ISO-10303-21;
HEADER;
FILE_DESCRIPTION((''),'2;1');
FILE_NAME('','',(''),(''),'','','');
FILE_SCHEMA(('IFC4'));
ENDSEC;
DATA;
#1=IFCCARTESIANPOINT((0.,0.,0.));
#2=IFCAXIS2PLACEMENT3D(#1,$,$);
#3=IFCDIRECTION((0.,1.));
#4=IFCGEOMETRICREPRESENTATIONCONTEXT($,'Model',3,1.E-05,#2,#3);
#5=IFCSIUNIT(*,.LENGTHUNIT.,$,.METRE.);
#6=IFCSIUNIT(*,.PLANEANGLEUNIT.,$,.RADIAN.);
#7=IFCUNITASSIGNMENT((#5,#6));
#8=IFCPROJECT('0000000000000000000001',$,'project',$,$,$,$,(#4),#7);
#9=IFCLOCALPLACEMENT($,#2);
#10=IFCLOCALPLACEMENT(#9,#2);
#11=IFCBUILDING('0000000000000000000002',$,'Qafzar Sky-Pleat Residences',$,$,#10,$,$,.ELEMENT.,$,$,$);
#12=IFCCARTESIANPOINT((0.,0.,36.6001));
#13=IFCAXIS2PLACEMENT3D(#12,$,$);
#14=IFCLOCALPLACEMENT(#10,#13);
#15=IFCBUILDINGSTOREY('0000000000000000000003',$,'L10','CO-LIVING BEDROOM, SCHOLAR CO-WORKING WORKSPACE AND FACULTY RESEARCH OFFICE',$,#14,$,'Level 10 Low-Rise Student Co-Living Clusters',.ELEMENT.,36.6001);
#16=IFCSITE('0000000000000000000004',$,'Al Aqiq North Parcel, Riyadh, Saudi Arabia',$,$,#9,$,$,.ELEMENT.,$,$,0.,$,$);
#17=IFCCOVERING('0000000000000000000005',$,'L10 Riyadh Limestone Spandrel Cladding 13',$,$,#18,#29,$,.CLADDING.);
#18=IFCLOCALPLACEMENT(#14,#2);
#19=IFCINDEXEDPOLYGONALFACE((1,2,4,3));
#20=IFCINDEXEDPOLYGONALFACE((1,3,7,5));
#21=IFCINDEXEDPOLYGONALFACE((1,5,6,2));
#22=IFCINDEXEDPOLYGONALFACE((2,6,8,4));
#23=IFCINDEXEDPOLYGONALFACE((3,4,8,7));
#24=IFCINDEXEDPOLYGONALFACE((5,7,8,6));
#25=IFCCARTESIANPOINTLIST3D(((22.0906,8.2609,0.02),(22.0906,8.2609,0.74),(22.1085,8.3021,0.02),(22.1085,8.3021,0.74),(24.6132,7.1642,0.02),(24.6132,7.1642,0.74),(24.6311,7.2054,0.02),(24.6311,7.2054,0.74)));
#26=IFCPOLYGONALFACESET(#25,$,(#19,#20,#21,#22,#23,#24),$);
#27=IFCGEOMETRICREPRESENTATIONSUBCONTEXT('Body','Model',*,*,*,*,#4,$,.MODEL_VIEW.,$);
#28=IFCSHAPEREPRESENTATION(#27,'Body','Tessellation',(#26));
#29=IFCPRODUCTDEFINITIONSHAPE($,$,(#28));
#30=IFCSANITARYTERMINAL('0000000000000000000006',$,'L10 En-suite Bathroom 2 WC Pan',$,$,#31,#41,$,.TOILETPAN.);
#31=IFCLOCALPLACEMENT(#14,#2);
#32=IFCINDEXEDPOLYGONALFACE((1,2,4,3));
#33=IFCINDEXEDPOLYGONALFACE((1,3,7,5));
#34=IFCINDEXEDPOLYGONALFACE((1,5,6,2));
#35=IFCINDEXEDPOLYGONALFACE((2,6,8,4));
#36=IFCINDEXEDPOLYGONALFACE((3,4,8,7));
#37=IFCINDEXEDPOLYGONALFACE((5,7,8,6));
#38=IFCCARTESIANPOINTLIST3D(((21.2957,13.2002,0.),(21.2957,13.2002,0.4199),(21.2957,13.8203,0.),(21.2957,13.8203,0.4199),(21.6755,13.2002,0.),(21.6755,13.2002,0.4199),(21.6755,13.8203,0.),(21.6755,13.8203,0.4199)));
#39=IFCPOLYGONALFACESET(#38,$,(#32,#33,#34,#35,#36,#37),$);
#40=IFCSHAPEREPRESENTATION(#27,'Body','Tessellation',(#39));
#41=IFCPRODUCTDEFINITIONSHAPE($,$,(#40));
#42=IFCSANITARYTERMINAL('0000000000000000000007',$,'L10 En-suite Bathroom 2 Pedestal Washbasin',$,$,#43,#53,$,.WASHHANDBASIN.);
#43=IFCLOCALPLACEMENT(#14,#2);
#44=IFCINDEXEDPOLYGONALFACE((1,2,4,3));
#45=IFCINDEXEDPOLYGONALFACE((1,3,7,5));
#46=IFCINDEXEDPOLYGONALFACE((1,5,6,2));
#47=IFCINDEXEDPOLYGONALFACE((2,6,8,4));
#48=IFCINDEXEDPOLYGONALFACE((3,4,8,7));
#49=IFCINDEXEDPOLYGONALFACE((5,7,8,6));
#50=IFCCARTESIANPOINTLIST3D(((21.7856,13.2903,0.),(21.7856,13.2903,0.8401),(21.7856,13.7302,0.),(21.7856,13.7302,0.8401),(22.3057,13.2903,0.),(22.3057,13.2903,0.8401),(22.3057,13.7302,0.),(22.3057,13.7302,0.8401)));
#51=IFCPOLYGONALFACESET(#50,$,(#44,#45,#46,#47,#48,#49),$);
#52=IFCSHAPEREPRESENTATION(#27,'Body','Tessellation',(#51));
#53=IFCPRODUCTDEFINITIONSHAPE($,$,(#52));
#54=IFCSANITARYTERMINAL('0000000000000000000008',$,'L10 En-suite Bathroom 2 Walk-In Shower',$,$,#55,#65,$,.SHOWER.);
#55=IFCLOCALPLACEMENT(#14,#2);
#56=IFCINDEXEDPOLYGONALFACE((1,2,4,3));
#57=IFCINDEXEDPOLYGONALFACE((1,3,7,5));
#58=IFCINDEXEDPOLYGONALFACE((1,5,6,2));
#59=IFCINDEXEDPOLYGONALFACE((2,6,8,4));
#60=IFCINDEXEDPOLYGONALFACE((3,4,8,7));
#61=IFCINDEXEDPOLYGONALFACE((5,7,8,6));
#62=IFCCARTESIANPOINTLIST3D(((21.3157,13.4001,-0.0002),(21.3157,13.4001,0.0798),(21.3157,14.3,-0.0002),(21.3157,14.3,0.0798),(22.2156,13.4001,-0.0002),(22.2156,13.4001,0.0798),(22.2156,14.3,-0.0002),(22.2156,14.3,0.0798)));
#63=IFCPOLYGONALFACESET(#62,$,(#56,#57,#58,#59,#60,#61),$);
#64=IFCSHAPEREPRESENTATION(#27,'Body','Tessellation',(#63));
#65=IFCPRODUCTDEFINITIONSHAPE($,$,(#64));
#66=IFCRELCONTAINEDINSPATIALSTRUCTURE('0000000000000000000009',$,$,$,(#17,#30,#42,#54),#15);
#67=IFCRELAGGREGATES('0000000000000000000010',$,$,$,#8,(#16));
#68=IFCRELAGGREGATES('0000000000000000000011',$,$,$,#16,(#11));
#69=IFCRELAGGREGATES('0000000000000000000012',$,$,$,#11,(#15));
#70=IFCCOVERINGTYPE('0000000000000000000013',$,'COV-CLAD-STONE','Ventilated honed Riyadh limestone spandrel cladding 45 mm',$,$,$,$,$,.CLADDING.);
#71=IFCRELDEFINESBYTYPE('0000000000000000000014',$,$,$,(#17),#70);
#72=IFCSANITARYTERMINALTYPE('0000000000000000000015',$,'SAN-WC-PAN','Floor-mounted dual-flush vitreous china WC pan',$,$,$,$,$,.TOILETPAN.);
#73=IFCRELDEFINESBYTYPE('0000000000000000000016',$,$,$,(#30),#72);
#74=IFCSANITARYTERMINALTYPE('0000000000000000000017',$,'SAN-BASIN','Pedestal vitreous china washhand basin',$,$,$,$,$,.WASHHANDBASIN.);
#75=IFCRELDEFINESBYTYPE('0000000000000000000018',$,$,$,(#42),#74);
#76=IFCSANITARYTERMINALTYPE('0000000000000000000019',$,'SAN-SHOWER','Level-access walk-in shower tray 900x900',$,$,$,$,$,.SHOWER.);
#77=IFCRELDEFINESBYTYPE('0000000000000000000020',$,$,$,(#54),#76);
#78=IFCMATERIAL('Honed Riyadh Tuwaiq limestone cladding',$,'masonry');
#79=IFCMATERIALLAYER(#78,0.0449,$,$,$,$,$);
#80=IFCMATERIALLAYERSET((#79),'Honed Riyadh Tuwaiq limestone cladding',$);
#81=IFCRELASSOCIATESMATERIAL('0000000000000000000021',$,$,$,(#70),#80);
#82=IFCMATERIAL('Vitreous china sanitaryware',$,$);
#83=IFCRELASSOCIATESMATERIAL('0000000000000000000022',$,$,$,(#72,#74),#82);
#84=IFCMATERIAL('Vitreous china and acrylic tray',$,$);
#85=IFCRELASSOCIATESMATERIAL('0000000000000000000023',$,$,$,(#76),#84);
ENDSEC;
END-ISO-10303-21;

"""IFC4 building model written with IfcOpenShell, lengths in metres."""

from ifc_helpers import new_model, si_unit, direction, frame, origin, origin_2d, place, context, subcontext, project, spatial, rectangle, extrude, source, transform, mapped, material, layer, layer_set, type_object, element, save


model = new_model("IFC4")

# Units and contexts
model_context = context("Model", 3, precision=1e-05, world=origin(), true_north=direction((0.0, 1.0)))
body_context = subcontext(model_context, "Body", "Model", "MODEL_VIEW")
ifc_project = project(units=[si_unit("LENGTHUNIT", "METRE"), si_unit("PLANEANGLEUNIT", "RADIAN")], contexts=[model_context])

# Site, building, storey
site_placement = place(None, origin())
site = spatial("IfcSite", under=ifc_project, at=site_placement, Name="Al Aqiq North Parcel, Riyadh, Saudi Arabia", CompositionType="ELEMENT", RefElevation=0.0)
building_placement = place(site_placement, origin())
building = spatial("IfcBuilding", under=site, at=building_placement, Name="Qafzar Sky-Pleat Residences", CompositionType="ELEMENT")
storey_placement = place(building_placement, frame((0.0, 0.0, 36.6001)))
storey = spatial("IfcBuildingStorey", under=building, at=storey_placement, Name="L10", Description="CO-LIVING BEDROOM, SCHOLAR CO-WORKING WORKSPACE AND FACULTY RESEARCH OFFICE", LongName="Level 10 Low-Rise Student Co-Living Clusters", CompositionType="ELEMENT", Elevation=36.6001)

# Covering
ifc_material_1 = material(Name="Honed Riyadh Tuwaiq limestone cladding", Category="masonry")
ifc_layer_1 = layer(ifc_material_1, 0.0449)
ifc_layer_set_1 = layer_set([ifc_layer_1], Name="Honed Riyadh Tuwaiq limestone cladding")
covering_type = type_object("IfcCoveringType", Name="COV-CLAD-STONE", Description="Ventilated honed Riyadh limestone spandrel cladding 45 mm", PredefinedType="CLADDING", material=ifc_layer_set_1)
shared_shape_1 = source(origin(), body_context, "Body", "SweptSolid", [
    extrude(rectangle(XDim=2.7507, YDim=0.0449, at=origin_2d()), origin(), (0.0, 0.0, 1.0), 0.72),
])
covering_placement = place(storey_placement, frame((23.3608, 7.7332, 0.02), z_axis=(0.0, 0.0, 1.0), x_axis=(0.917076, -0.398712, 0.0)))
element("IfcCovering", 1, at=covering_placement, inside=storey, type_object=covering_type, Name="L10 Riyadh Limestone Spandrel Cladding 13", PredefinedType="CLADDING", context=body_context, shape_type="MappedRepresentation", body=[
    mapped(shared_shape_1, transform((0.0, 0.0, 0.0), x_axis=(1.0, 0.0, 0.0), y_axis=(0.0, 1.0, 0.0), z_axis=(0.0, 0.0, 1.0), scale=1.0)),
])

# Sanitary terminals
ifc_material_2 = material(Name="Vitreous china sanitaryware")
sanitary_terminal_type_1 = type_object("IfcSanitaryTerminalType", Name="SAN-WC-PAN", Description="Floor-mounted dual-flush vitreous china WC pan", PredefinedType="TOILETPAN", material=ifc_material_2)
shared_shape_2 = source(origin(), body_context, "Body", "SweptSolid", [
    extrude(rectangle(XDim=0.3799, YDim=0.6201, at=origin_2d()), origin(), (0.0, 0.0, 1.0), 0.4199),
])
sanitary_terminal_1_placement = place(storey_placement, frame((21.4856, 13.5103, 0.0), z_axis=(0.0, 0.0, 1.0), x_axis=(1.0, 0.0, 0.0)))
element("IfcSanitaryTerminal", 2, at=sanitary_terminal_1_placement, inside=storey, type_object=sanitary_terminal_type_1, Name="L10 En-suite Bathroom 2 WC Pan", PredefinedType="TOILETPAN", context=body_context, shape_type="MappedRepresentation", body=[
    mapped(shared_shape_2, transform((0.0, 0.0, 0.0), x_axis=(1.0, 0.0, 0.0), y_axis=(0.0, 1.0, 0.0), z_axis=(0.0, 0.0, 1.0), scale=1.0)),
])
sanitary_terminal_type_2 = type_object("IfcSanitaryTerminalType", Name="SAN-BASIN", Description="Pedestal vitreous china washhand basin", PredefinedType="WASHHANDBASIN", material=ifc_material_2)
shared_shape_3 = source(origin(), body_context, "Body", "SweptSolid", [
    extrude(rectangle(XDim=0.52, YDim=0.4399, at=origin_2d()), origin(), (0.0, 0.0, 1.0), 0.8401),
])
sanitary_terminal_2_placement = place(storey_placement, frame((22.0457, 13.5103, 0.0), z_axis=(0.0, 0.0, 1.0), x_axis=(1.0, 0.0, 0.0)))
element("IfcSanitaryTerminal", 3, at=sanitary_terminal_2_placement, inside=storey, type_object=sanitary_terminal_type_2, Name="L10 En-suite Bathroom 2 Pedestal Washbasin", PredefinedType="WASHHANDBASIN", context=body_context, shape_type="MappedRepresentation", body=[
    mapped(shared_shape_3, transform((0.0, 0.0, 0.0), x_axis=(1.0, 0.0, 0.0), y_axis=(0.0, 1.0, 0.0), z_axis=(0.0, 0.0, 1.0), scale=1.0)),
])
ifc_material_3 = material(Name="Vitreous china and acrylic tray")
sanitary_terminal_type_3 = type_object("IfcSanitaryTerminalType", Name="SAN-SHOWER", Description="Level-access walk-in shower tray 900x900", PredefinedType="SHOWER", material=ifc_material_3)
shared_shape_4 = source(origin(), body_context, "Body", "SweptSolid", [
    extrude(rectangle(XDim=0.8999, YDim=0.8999, at=origin_2d()), origin(), (0.0, 0.0, 1.0), 0.0801),
])
sanitary_terminal_3_placement = place(storey_placement, frame((21.7656, 13.8501, -0.0002), z_axis=(0.0, 0.0, 1.0), x_axis=(1.0, 0.0, 0.0)))
element("IfcSanitaryTerminal", 4, at=sanitary_terminal_3_placement, inside=storey, type_object=sanitary_terminal_type_3, Name="L10 En-suite Bathroom 2 Walk-In Shower", PredefinedType="SHOWER", context=body_context, shape_type="MappedRepresentation", body=[
    mapped(shared_shape_4, transform((0.0, 0.0, 0.0), x_axis=(1.0, 0.0, 0.0), y_axis=(0.0, 1.0, 0.0), z_axis=(0.0, 0.0, 1.0), scale=1.0)),
])

save(model, "model.ifc")
